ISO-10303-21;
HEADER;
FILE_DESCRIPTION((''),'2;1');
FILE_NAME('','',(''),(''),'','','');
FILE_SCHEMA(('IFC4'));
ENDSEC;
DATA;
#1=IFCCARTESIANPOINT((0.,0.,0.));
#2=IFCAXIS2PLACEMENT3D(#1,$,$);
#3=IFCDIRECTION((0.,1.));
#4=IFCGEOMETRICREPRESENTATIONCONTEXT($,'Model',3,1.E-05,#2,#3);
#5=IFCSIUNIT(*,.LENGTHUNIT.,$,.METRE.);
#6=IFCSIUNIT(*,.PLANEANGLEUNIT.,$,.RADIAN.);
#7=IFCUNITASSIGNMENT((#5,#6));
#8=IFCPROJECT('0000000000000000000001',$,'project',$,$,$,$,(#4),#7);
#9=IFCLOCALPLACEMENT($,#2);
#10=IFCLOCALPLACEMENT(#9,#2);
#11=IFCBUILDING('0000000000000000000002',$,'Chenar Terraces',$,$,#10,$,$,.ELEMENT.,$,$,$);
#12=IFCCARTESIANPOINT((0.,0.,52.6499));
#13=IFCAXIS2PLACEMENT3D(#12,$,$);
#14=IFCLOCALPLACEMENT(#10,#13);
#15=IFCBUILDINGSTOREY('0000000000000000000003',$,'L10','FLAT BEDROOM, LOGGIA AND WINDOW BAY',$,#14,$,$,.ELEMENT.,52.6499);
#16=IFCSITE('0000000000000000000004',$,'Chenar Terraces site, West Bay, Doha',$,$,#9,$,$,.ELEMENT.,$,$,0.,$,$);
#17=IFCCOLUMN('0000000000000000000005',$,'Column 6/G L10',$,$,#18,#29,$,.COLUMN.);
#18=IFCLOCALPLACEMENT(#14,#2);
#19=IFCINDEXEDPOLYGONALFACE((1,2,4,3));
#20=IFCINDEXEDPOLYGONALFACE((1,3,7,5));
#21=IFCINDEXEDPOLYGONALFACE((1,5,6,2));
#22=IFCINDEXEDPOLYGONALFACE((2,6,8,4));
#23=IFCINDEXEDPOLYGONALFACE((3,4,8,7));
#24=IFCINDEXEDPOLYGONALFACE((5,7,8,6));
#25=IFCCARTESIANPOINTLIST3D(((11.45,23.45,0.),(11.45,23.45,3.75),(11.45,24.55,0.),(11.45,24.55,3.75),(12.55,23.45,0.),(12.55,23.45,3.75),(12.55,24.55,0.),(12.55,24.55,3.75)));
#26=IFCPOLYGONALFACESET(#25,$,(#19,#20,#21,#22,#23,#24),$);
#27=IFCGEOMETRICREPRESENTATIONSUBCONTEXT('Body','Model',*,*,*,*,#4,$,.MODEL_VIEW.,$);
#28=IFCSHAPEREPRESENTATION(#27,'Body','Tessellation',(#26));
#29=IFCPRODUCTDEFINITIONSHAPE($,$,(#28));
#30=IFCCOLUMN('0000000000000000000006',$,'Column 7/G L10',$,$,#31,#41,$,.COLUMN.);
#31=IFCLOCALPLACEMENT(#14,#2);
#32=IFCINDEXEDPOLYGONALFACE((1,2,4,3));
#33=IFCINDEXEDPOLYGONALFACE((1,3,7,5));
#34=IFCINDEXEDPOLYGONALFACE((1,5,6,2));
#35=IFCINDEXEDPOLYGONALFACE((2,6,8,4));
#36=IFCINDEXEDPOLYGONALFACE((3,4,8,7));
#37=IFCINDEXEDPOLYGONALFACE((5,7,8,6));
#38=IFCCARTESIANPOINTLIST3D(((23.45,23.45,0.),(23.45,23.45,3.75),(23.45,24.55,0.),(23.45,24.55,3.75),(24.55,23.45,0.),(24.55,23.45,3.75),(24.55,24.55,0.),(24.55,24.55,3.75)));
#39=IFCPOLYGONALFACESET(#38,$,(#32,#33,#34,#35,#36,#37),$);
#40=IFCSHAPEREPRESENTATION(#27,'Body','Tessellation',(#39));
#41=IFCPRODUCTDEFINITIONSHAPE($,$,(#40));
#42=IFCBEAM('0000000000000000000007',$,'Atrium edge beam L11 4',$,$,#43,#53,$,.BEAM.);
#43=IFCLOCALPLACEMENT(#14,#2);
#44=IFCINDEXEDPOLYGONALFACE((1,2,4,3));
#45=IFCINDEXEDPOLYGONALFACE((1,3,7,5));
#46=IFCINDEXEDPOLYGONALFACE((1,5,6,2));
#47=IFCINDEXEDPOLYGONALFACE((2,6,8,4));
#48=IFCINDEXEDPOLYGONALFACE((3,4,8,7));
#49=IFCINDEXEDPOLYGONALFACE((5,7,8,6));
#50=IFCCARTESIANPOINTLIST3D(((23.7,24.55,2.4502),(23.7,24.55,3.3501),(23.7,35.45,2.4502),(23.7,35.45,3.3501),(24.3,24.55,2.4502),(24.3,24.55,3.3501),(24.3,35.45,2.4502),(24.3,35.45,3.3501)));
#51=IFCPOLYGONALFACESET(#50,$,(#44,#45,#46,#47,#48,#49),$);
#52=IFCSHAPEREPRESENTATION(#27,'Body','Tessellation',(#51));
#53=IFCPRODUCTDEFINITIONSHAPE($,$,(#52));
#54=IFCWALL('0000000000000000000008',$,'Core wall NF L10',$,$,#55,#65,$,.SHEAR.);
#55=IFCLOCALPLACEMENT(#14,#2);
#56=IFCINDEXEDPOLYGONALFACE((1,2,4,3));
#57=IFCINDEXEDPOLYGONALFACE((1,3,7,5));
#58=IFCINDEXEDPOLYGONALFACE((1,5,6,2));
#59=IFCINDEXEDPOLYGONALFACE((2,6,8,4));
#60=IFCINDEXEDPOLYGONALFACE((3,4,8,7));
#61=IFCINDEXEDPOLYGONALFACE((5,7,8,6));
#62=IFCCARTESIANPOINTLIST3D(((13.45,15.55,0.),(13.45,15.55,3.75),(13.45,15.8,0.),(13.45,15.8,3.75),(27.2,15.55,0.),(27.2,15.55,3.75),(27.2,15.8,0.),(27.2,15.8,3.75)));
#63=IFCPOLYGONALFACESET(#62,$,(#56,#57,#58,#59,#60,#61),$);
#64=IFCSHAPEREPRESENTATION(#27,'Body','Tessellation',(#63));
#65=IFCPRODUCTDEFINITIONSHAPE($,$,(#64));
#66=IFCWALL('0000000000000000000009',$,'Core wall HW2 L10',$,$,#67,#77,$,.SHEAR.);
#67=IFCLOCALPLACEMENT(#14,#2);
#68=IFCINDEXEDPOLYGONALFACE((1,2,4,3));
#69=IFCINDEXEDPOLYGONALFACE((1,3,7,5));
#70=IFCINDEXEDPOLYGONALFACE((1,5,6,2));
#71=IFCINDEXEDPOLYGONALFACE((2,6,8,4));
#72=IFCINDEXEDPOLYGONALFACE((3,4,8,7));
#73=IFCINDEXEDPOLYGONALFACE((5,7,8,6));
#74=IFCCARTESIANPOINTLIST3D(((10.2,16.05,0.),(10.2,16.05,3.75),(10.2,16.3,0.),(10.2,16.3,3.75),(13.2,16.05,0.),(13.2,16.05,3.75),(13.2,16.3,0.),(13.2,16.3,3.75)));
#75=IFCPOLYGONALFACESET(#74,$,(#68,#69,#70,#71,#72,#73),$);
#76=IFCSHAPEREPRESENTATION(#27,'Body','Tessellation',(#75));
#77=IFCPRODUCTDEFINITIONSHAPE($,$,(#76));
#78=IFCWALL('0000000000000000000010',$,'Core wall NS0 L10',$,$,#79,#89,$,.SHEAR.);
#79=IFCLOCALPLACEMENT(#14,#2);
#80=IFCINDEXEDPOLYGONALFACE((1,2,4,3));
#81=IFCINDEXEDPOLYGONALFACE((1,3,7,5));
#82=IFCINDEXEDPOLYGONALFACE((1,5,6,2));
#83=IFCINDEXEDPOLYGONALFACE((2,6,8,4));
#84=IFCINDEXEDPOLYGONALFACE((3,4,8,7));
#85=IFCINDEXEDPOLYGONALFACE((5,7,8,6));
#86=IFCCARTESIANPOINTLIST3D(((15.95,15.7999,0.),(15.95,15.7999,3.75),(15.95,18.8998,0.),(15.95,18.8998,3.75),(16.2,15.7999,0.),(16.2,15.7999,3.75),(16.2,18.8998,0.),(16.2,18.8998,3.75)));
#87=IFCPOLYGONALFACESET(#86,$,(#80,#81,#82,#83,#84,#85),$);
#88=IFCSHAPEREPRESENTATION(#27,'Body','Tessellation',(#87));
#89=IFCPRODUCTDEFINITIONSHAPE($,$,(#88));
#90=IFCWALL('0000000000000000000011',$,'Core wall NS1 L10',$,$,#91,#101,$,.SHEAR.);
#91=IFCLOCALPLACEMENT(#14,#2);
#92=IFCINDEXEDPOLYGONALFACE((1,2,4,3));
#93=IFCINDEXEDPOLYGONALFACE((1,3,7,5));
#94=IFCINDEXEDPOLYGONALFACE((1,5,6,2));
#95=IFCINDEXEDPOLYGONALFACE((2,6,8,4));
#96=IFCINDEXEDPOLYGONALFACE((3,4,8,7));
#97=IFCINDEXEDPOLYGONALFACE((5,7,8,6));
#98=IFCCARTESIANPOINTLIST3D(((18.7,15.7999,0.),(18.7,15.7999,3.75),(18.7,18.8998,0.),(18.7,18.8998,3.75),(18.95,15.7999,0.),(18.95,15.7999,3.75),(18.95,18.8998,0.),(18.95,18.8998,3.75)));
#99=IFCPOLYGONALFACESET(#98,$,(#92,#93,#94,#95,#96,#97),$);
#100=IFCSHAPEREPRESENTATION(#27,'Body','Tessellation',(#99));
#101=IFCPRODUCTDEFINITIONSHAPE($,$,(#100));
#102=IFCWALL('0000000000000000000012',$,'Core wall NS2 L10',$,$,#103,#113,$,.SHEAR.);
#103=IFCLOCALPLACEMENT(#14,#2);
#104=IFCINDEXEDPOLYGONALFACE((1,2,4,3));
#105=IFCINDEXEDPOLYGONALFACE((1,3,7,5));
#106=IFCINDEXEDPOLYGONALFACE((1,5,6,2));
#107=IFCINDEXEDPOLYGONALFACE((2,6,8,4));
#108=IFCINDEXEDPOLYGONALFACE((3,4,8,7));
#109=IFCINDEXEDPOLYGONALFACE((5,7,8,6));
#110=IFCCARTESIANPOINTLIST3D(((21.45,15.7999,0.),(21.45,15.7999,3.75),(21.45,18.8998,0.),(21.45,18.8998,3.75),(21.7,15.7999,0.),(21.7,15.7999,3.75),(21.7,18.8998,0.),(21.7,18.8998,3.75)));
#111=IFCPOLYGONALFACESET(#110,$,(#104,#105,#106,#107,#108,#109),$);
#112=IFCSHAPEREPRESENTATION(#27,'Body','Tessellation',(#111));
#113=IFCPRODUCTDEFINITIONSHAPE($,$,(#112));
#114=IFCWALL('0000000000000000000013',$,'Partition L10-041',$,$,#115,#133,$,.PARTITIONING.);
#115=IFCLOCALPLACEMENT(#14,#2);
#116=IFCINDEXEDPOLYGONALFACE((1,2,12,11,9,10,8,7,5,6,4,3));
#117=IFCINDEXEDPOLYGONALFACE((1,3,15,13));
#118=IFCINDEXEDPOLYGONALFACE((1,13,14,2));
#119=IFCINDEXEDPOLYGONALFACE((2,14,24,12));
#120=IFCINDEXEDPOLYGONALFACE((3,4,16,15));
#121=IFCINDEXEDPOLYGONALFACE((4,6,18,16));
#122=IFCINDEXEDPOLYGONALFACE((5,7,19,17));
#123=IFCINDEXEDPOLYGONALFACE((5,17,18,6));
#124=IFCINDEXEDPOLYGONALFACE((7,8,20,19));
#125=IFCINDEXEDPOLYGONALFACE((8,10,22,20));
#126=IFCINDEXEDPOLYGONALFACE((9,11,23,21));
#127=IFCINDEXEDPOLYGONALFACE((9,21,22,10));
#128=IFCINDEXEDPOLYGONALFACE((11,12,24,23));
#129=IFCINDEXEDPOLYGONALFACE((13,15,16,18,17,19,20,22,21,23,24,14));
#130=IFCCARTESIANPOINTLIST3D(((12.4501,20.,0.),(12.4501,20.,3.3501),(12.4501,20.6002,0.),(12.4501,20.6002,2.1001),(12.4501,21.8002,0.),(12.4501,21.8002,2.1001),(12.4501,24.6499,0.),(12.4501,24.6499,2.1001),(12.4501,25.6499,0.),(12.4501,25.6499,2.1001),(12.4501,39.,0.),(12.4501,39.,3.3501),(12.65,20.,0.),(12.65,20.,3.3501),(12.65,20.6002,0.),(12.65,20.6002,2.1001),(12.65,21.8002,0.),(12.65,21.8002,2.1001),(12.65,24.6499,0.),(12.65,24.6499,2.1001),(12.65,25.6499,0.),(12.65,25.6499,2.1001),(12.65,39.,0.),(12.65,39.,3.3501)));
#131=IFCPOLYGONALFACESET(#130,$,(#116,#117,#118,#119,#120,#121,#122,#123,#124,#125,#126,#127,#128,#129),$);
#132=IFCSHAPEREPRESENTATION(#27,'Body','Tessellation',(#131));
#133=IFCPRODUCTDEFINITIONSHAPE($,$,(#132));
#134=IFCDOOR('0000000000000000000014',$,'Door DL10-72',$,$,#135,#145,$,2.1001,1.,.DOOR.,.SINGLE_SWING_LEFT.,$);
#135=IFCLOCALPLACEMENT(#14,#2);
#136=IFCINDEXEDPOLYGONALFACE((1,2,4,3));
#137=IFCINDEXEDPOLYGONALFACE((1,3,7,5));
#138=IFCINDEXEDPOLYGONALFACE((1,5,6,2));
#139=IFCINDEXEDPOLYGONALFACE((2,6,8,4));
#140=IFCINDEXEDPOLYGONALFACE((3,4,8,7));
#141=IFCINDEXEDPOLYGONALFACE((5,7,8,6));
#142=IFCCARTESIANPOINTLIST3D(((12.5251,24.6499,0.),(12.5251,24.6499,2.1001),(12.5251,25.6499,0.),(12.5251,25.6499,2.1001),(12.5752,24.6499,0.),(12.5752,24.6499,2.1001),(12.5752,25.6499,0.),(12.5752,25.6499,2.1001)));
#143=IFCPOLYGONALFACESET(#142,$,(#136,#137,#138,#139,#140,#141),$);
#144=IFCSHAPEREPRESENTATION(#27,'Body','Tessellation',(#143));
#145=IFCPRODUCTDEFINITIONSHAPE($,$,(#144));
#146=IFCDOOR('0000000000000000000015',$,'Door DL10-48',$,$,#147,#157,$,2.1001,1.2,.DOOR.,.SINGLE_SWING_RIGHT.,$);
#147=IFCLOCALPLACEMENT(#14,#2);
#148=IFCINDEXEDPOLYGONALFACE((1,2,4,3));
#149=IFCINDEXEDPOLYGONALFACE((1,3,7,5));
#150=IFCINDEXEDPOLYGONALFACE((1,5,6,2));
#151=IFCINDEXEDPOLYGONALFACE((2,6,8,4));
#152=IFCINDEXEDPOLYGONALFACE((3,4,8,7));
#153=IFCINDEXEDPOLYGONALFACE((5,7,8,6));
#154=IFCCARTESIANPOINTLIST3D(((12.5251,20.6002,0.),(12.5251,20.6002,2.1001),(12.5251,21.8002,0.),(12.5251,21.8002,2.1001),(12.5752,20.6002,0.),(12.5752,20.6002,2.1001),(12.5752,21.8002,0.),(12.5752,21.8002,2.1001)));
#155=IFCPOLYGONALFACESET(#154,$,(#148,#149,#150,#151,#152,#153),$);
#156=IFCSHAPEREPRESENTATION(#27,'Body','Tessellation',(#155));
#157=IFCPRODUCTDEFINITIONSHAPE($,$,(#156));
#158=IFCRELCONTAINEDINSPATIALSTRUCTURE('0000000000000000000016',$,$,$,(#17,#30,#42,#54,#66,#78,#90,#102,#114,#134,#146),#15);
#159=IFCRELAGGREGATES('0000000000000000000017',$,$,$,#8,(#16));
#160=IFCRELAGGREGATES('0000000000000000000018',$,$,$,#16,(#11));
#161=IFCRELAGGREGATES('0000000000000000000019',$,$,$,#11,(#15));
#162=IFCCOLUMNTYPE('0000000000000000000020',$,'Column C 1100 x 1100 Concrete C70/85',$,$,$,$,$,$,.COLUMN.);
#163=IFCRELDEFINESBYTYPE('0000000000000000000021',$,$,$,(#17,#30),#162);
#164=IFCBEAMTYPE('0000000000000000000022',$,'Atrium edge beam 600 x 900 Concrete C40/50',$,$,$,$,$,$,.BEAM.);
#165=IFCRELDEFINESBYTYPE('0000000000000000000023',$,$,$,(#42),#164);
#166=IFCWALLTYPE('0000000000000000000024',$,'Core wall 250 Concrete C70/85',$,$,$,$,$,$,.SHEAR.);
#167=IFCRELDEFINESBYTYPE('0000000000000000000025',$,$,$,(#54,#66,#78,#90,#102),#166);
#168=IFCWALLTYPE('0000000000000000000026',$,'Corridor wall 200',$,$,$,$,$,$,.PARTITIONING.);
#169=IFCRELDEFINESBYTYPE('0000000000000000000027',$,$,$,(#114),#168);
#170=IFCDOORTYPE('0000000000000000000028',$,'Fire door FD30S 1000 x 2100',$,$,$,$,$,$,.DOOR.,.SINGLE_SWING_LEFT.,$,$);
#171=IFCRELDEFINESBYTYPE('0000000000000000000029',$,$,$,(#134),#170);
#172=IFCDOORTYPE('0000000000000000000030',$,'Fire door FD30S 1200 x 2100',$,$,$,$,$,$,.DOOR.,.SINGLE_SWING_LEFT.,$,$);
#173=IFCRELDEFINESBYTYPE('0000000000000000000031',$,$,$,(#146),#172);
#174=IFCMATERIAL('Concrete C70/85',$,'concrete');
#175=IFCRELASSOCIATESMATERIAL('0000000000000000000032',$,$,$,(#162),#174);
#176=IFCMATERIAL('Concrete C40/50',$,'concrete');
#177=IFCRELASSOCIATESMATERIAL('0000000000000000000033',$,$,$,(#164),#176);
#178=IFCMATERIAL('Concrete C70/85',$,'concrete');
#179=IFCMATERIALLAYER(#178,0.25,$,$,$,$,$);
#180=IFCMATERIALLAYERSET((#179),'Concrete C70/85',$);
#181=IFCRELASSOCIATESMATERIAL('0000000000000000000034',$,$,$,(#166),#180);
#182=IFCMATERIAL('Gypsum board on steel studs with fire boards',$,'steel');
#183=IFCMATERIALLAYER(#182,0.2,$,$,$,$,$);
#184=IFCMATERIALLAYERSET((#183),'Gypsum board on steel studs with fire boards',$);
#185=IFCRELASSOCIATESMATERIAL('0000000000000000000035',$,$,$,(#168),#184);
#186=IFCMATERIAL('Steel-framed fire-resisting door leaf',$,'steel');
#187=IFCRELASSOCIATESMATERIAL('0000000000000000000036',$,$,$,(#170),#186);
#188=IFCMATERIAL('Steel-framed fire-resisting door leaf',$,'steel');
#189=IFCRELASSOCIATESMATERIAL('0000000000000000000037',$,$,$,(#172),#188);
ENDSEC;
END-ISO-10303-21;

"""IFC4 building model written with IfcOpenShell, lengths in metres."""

from ifc_helpers import new_model, si_unit, direction, frame, frame_2d, origin, origin_2d, place, context, subcontext, project, spatial, rectangle, extrude, material, layer, layer_set, material_profile, profile_set, type_object, element, fill, save


model = new_model("IFC4")

# Units and contexts
model_context = context("Model", 3, precision=1e-05, world=origin(), true_north=direction((0.0, 1.0)))
body_context = subcontext(model_context, "Body", "Model", "MODEL_VIEW")
ifc_project = project(units=[si_unit("LENGTHUNIT", "METRE"), si_unit("PLANEANGLEUNIT", "RADIAN")], contexts=[model_context])

# Site, building, storey
site_placement = place(None, origin())
site = spatial("IfcSite", under=ifc_project, at=site_placement, Name="Chenar Terraces site, West Bay, Doha", CompositionType="ELEMENT", RefElevation=0.0)
building_placement = place(site_placement, origin())
building = spatial("IfcBuilding", under=site, at=building_placement, Name="Chenar Terraces", CompositionType="ELEMENT")
storey_placement = place(building_placement, frame((0.0, 0.0, 52.6499)))
storey = spatial("IfcBuildingStorey", under=building, at=storey_placement, Name="L10", Description="FLAT BEDROOM, LOGGIA AND WINDOW BAY", CompositionType="ELEMENT", Elevation=52.6499)

# Columns
ifc_material_1 = material(Name="Concrete C70/85", Category="concrete")
ifc_material_profile_1 = material_profile(ifc_material_1, rectangle(XDim=1.1001, YDim=1.1001, at=origin_2d()), Name="C 1100 x 1100")
ifc_profile_set_1 = profile_set([ifc_material_profile_1], Name="Concrete C70/85")
column_type = type_object("IfcColumnType", Name="Column C 1100 x 1100 Concrete C70/85", PredefinedType="COLUMN", material=ifc_profile_set_1)
for number, where, z_axis, x_axis, name in (
    (1, (12.0, 24.0, 0.0), (0.0, 0.0, 1.0), (1.0, 0.0, 0.0), "Column 6/G L10"),
    (2, (24.0, 24.0, 0.0), (0.0, 0.0, 1.0), (1.0, 0.0, 0.0), "Column 7/G L10"),
):
    element("IfcColumn", number, at=place(storey_placement, frame(where, z_axis=z_axis, x_axis=x_axis)), inside=storey, type_object=column_type, Name=name, PredefinedType="COLUMN", context=body_context, shape_type="SweptSolid", body=[
        extrude(rectangle(XDim=1.1001, YDim=1.1001, at=origin_2d()), origin(), (0.0, 0.0, 1.0), 3.75),
    ])

# Beam
ifc_material_2 = material(Name="Concrete C40/50", Category="concrete")
ifc_material_profile_2 = material_profile(ifc_material_2, rectangle(XDim=0.6001, YDim=0.8999, at=origin_2d()), Name="RC 600 x 900")
ifc_profile_set_2 = profile_set([ifc_material_profile_2], Name="Concrete C40/50")
beam_type = type_object("IfcBeamType", Name="Atrium edge beam 600 x 900 Concrete C40/50", PredefinedType="BEAM", material=ifc_profile_set_2)
beam_placement = place(storey_placement, frame((24.0, 35.45, 2.9001), z_axis=(0.0, -1.0, 0.0), x_axis=(1.0, 0.0, 0.0)))
element("IfcBeam", 3, at=beam_placement, inside=storey, type_object=beam_type, Name="Atrium edge beam L11 4", PredefinedType="BEAM", context=body_context, shape_type="SweptSolid", body=[
    extrude(rectangle(XDim=0.6001, YDim=0.8999, at=origin_2d()), origin(), (0.0, 0.0, 1.0), 10.8999),
])

# Walls
ifc_material_3 = material(Name="Concrete C70/85", Category="concrete")
ifc_layer_1 = layer(ifc_material_3, 0.25)
ifc_layer_set_1 = layer_set([ifc_layer_1], Name="Concrete C70/85")
wall_type_1 = type_object("IfcWallType", Name="Core wall 250 Concrete C70/85", PredefinedType="SHEAR", material=ifc_layer_set_1)
wall_1_placement = place(storey_placement, frame((13.45, 15.675, 0.0), z_axis=(0.0, 0.0, 1.0), x_axis=(1.0, 0.0, 0.0)))
element("IfcWall", 4, at=wall_1_placement, inside=storey, type_object=wall_type_1, Name="Core wall NF L10", PredefinedType="SHEAR", context=body_context, shape_type="SweptSolid", body=[
    extrude(rectangle(XDim=13.75, YDim=0.25, at=frame_2d((6.875, 0.0))), origin(), (0.0, 0.0, 1.0), 3.75),
])
wall_2_placement = place(storey_placement, frame((10.2, 16.175, 0.0), z_axis=(0.0, 0.0, 1.0), x_axis=(1.0, 0.0, 0.0)))
element("IfcWall", 5, at=wall_2_placement, inside=storey, type_object=wall_type_1, Name="Core wall HW2 L10", PredefinedType="SHEAR", context=body_context, shape_type="SweptSolid", body=[
    extrude(rectangle(XDim=3.0, YDim=0.25, at=frame_2d((1.5, 0.0))), origin(), (0.0, 0.0, 1.0), 3.75),
])
for number, where, z_axis, x_axis, name in (
    (6, (16.075, 15.8, 0.0), (0.0, 0.0, 1.0), (0.0, 1.0, 0.0), "Core wall NS0 L10"),
    (7, (18.825, 15.8, 0.0), (0.0, 0.0, 1.0), (0.0, 1.0, 0.0), "Core wall NS1 L10"),
    (8, (21.575, 15.8, 0.0), (0.0, 0.0, 1.0), (0.0, 1.0, 0.0), "Core wall NS2 L10"),
):
    element("IfcWall", number, at=place(storey_placement, frame(where, z_axis=z_axis, x_axis=x_axis)), inside=storey, type_object=wall_type_1, Name=name, PredefinedType="SHEAR", context=body_context, shape_type="SweptSolid", body=[
        extrude(rectangle(XDim=3.0999, YDim=0.25, at=frame_2d((1.5498, 0.0))), origin(), (0.0, 0.0, 1.0), 3.75),
    ])

# Wall, openings, doors
ifc_material_4 = material(Name="Gypsum board on steel studs with fire boards", Category="steel")
ifc_layer_2 = layer(ifc_material_4, 0.2)
ifc_layer_set_2 = layer_set([ifc_layer_2], Name="Gypsum board on steel studs with fire boards")
wall_type_2 = type_object("IfcWallType", Name="Corridor wall 200", PredefinedType="PARTITIONING", material=ifc_layer_set_2)
wall_3_placement = place(storey_placement, frame((12.55, 20.0, 0.0), z_axis=(0.0, 0.0, 1.0), x_axis=(0.0, 1.0, 0.0)))
wall_3 = element("IfcWall", 9, at=wall_3_placement, inside=storey, type_object=wall_type_2, Name="Partition L10-041", PredefinedType="PARTITIONING", context=body_context, shape_type="SweptSolid", body=[
    extrude(rectangle(XDim=19.0, YDim=0.2, at=frame_2d((9.5, 0.0))), origin(), (0.0, 0.0, 1.0), 3.3501),
])
opening_1_placement = place(wall_3_placement, frame((0.6001, 0.0, 0.0)))
opening_1 = element("IfcOpeningElement", 10, at=opening_1_placement, cuts=wall_3, PredefinedType="OPENING", context=body_context, shape_type="SweptSolid", body=[
    extrude(rectangle(XDim=1.2, YDim=2.1001, at=frame_2d((0.6001, 1.05))), frame((0.0, 0.1099, 0.0), z_axis=(0.0, -1.0, 0.0), x_axis=(1.0, 0.0, 0.0)), (0.0, 0.0, 1.0), 0.22),
])
opening_2_placement = place(wall_3_placement, frame((4.6499, 0.0, 0.0)))
opening_2 = element("IfcOpeningElement", 11, at=opening_2_placement, cuts=wall_3, PredefinedType="OPENING", context=body_context, shape_type="SweptSolid", body=[
    extrude(rectangle(XDim=1.0, YDim=2.1001, at=frame_2d((0.5, 1.05))), frame((0.0, 0.1099, 0.0), z_axis=(0.0, -1.0, 0.0), x_axis=(1.0, 0.0, 0.0)), (0.0, 0.0, 1.0), 0.22),
])
ifc_material_5 = material(Name="Steel-framed fire-resisting door leaf", Category="steel")
door_type_1 = type_object("IfcDoorType", Name="Fire door FD30S 1000 x 2100", OperationType="SINGLE_SWING_LEFT", PredefinedType="DOOR", material=ifc_material_5)
door_1_placement = place(opening_2_placement, origin())
door_1 = element("IfcDoor", 12, at=door_1_placement, inside=storey, type_object=door_type_1, Name="Door DL10-72", OperationType="SINGLE_SWING_LEFT", OverallHeight=2.1001, OverallWidth=1.0, PredefinedType="DOOR", context=body_context, shape_type="SweptSolid", body=[
    extrude(rectangle(XDim=1.0, YDim=2.1001, at=frame_2d((0.5, 1.05))), frame((0.0, 0.0249, 0.0), z_axis=(0.0, -1.0, 0.0), x_axis=(1.0, 0.0, 0.0)), (0.0, 0.0, 1.0), 0.05),
])
fill(opening_2, door_1)
ifc_material_6 = material(Name="Steel-framed fire-resisting door leaf", Category="steel")
door_type_2 = type_object("IfcDoorType", Name="Fire door FD30S 1200 x 2100", OperationType="SINGLE_SWING_LEFT", PredefinedType="DOOR", material=ifc_material_6)
door_2_placement = place(opening_1_placement, origin())
door_2 = element("IfcDoor", 13, at=door_2_placement, inside=storey, type_object=door_type_2, Name="Door DL10-48", OperationType="SINGLE_SWING_RIGHT", OverallHeight=2.1001, OverallWidth=1.2, PredefinedType="DOOR", context=body_context, shape_type="SweptSolid", body=[
    extrude(rectangle(XDim=1.2, YDim=2.1001, at=frame_2d((0.6001, 1.05))), frame((0.0, 0.0249, 0.0), z_axis=(0.0, -1.0, 0.0), x_axis=(1.0, 0.0, 0.0)), (0.0, 0.0, 1.0), 0.05),
])
fill(opening_1, door_2)

save(model, "model.ifc")
